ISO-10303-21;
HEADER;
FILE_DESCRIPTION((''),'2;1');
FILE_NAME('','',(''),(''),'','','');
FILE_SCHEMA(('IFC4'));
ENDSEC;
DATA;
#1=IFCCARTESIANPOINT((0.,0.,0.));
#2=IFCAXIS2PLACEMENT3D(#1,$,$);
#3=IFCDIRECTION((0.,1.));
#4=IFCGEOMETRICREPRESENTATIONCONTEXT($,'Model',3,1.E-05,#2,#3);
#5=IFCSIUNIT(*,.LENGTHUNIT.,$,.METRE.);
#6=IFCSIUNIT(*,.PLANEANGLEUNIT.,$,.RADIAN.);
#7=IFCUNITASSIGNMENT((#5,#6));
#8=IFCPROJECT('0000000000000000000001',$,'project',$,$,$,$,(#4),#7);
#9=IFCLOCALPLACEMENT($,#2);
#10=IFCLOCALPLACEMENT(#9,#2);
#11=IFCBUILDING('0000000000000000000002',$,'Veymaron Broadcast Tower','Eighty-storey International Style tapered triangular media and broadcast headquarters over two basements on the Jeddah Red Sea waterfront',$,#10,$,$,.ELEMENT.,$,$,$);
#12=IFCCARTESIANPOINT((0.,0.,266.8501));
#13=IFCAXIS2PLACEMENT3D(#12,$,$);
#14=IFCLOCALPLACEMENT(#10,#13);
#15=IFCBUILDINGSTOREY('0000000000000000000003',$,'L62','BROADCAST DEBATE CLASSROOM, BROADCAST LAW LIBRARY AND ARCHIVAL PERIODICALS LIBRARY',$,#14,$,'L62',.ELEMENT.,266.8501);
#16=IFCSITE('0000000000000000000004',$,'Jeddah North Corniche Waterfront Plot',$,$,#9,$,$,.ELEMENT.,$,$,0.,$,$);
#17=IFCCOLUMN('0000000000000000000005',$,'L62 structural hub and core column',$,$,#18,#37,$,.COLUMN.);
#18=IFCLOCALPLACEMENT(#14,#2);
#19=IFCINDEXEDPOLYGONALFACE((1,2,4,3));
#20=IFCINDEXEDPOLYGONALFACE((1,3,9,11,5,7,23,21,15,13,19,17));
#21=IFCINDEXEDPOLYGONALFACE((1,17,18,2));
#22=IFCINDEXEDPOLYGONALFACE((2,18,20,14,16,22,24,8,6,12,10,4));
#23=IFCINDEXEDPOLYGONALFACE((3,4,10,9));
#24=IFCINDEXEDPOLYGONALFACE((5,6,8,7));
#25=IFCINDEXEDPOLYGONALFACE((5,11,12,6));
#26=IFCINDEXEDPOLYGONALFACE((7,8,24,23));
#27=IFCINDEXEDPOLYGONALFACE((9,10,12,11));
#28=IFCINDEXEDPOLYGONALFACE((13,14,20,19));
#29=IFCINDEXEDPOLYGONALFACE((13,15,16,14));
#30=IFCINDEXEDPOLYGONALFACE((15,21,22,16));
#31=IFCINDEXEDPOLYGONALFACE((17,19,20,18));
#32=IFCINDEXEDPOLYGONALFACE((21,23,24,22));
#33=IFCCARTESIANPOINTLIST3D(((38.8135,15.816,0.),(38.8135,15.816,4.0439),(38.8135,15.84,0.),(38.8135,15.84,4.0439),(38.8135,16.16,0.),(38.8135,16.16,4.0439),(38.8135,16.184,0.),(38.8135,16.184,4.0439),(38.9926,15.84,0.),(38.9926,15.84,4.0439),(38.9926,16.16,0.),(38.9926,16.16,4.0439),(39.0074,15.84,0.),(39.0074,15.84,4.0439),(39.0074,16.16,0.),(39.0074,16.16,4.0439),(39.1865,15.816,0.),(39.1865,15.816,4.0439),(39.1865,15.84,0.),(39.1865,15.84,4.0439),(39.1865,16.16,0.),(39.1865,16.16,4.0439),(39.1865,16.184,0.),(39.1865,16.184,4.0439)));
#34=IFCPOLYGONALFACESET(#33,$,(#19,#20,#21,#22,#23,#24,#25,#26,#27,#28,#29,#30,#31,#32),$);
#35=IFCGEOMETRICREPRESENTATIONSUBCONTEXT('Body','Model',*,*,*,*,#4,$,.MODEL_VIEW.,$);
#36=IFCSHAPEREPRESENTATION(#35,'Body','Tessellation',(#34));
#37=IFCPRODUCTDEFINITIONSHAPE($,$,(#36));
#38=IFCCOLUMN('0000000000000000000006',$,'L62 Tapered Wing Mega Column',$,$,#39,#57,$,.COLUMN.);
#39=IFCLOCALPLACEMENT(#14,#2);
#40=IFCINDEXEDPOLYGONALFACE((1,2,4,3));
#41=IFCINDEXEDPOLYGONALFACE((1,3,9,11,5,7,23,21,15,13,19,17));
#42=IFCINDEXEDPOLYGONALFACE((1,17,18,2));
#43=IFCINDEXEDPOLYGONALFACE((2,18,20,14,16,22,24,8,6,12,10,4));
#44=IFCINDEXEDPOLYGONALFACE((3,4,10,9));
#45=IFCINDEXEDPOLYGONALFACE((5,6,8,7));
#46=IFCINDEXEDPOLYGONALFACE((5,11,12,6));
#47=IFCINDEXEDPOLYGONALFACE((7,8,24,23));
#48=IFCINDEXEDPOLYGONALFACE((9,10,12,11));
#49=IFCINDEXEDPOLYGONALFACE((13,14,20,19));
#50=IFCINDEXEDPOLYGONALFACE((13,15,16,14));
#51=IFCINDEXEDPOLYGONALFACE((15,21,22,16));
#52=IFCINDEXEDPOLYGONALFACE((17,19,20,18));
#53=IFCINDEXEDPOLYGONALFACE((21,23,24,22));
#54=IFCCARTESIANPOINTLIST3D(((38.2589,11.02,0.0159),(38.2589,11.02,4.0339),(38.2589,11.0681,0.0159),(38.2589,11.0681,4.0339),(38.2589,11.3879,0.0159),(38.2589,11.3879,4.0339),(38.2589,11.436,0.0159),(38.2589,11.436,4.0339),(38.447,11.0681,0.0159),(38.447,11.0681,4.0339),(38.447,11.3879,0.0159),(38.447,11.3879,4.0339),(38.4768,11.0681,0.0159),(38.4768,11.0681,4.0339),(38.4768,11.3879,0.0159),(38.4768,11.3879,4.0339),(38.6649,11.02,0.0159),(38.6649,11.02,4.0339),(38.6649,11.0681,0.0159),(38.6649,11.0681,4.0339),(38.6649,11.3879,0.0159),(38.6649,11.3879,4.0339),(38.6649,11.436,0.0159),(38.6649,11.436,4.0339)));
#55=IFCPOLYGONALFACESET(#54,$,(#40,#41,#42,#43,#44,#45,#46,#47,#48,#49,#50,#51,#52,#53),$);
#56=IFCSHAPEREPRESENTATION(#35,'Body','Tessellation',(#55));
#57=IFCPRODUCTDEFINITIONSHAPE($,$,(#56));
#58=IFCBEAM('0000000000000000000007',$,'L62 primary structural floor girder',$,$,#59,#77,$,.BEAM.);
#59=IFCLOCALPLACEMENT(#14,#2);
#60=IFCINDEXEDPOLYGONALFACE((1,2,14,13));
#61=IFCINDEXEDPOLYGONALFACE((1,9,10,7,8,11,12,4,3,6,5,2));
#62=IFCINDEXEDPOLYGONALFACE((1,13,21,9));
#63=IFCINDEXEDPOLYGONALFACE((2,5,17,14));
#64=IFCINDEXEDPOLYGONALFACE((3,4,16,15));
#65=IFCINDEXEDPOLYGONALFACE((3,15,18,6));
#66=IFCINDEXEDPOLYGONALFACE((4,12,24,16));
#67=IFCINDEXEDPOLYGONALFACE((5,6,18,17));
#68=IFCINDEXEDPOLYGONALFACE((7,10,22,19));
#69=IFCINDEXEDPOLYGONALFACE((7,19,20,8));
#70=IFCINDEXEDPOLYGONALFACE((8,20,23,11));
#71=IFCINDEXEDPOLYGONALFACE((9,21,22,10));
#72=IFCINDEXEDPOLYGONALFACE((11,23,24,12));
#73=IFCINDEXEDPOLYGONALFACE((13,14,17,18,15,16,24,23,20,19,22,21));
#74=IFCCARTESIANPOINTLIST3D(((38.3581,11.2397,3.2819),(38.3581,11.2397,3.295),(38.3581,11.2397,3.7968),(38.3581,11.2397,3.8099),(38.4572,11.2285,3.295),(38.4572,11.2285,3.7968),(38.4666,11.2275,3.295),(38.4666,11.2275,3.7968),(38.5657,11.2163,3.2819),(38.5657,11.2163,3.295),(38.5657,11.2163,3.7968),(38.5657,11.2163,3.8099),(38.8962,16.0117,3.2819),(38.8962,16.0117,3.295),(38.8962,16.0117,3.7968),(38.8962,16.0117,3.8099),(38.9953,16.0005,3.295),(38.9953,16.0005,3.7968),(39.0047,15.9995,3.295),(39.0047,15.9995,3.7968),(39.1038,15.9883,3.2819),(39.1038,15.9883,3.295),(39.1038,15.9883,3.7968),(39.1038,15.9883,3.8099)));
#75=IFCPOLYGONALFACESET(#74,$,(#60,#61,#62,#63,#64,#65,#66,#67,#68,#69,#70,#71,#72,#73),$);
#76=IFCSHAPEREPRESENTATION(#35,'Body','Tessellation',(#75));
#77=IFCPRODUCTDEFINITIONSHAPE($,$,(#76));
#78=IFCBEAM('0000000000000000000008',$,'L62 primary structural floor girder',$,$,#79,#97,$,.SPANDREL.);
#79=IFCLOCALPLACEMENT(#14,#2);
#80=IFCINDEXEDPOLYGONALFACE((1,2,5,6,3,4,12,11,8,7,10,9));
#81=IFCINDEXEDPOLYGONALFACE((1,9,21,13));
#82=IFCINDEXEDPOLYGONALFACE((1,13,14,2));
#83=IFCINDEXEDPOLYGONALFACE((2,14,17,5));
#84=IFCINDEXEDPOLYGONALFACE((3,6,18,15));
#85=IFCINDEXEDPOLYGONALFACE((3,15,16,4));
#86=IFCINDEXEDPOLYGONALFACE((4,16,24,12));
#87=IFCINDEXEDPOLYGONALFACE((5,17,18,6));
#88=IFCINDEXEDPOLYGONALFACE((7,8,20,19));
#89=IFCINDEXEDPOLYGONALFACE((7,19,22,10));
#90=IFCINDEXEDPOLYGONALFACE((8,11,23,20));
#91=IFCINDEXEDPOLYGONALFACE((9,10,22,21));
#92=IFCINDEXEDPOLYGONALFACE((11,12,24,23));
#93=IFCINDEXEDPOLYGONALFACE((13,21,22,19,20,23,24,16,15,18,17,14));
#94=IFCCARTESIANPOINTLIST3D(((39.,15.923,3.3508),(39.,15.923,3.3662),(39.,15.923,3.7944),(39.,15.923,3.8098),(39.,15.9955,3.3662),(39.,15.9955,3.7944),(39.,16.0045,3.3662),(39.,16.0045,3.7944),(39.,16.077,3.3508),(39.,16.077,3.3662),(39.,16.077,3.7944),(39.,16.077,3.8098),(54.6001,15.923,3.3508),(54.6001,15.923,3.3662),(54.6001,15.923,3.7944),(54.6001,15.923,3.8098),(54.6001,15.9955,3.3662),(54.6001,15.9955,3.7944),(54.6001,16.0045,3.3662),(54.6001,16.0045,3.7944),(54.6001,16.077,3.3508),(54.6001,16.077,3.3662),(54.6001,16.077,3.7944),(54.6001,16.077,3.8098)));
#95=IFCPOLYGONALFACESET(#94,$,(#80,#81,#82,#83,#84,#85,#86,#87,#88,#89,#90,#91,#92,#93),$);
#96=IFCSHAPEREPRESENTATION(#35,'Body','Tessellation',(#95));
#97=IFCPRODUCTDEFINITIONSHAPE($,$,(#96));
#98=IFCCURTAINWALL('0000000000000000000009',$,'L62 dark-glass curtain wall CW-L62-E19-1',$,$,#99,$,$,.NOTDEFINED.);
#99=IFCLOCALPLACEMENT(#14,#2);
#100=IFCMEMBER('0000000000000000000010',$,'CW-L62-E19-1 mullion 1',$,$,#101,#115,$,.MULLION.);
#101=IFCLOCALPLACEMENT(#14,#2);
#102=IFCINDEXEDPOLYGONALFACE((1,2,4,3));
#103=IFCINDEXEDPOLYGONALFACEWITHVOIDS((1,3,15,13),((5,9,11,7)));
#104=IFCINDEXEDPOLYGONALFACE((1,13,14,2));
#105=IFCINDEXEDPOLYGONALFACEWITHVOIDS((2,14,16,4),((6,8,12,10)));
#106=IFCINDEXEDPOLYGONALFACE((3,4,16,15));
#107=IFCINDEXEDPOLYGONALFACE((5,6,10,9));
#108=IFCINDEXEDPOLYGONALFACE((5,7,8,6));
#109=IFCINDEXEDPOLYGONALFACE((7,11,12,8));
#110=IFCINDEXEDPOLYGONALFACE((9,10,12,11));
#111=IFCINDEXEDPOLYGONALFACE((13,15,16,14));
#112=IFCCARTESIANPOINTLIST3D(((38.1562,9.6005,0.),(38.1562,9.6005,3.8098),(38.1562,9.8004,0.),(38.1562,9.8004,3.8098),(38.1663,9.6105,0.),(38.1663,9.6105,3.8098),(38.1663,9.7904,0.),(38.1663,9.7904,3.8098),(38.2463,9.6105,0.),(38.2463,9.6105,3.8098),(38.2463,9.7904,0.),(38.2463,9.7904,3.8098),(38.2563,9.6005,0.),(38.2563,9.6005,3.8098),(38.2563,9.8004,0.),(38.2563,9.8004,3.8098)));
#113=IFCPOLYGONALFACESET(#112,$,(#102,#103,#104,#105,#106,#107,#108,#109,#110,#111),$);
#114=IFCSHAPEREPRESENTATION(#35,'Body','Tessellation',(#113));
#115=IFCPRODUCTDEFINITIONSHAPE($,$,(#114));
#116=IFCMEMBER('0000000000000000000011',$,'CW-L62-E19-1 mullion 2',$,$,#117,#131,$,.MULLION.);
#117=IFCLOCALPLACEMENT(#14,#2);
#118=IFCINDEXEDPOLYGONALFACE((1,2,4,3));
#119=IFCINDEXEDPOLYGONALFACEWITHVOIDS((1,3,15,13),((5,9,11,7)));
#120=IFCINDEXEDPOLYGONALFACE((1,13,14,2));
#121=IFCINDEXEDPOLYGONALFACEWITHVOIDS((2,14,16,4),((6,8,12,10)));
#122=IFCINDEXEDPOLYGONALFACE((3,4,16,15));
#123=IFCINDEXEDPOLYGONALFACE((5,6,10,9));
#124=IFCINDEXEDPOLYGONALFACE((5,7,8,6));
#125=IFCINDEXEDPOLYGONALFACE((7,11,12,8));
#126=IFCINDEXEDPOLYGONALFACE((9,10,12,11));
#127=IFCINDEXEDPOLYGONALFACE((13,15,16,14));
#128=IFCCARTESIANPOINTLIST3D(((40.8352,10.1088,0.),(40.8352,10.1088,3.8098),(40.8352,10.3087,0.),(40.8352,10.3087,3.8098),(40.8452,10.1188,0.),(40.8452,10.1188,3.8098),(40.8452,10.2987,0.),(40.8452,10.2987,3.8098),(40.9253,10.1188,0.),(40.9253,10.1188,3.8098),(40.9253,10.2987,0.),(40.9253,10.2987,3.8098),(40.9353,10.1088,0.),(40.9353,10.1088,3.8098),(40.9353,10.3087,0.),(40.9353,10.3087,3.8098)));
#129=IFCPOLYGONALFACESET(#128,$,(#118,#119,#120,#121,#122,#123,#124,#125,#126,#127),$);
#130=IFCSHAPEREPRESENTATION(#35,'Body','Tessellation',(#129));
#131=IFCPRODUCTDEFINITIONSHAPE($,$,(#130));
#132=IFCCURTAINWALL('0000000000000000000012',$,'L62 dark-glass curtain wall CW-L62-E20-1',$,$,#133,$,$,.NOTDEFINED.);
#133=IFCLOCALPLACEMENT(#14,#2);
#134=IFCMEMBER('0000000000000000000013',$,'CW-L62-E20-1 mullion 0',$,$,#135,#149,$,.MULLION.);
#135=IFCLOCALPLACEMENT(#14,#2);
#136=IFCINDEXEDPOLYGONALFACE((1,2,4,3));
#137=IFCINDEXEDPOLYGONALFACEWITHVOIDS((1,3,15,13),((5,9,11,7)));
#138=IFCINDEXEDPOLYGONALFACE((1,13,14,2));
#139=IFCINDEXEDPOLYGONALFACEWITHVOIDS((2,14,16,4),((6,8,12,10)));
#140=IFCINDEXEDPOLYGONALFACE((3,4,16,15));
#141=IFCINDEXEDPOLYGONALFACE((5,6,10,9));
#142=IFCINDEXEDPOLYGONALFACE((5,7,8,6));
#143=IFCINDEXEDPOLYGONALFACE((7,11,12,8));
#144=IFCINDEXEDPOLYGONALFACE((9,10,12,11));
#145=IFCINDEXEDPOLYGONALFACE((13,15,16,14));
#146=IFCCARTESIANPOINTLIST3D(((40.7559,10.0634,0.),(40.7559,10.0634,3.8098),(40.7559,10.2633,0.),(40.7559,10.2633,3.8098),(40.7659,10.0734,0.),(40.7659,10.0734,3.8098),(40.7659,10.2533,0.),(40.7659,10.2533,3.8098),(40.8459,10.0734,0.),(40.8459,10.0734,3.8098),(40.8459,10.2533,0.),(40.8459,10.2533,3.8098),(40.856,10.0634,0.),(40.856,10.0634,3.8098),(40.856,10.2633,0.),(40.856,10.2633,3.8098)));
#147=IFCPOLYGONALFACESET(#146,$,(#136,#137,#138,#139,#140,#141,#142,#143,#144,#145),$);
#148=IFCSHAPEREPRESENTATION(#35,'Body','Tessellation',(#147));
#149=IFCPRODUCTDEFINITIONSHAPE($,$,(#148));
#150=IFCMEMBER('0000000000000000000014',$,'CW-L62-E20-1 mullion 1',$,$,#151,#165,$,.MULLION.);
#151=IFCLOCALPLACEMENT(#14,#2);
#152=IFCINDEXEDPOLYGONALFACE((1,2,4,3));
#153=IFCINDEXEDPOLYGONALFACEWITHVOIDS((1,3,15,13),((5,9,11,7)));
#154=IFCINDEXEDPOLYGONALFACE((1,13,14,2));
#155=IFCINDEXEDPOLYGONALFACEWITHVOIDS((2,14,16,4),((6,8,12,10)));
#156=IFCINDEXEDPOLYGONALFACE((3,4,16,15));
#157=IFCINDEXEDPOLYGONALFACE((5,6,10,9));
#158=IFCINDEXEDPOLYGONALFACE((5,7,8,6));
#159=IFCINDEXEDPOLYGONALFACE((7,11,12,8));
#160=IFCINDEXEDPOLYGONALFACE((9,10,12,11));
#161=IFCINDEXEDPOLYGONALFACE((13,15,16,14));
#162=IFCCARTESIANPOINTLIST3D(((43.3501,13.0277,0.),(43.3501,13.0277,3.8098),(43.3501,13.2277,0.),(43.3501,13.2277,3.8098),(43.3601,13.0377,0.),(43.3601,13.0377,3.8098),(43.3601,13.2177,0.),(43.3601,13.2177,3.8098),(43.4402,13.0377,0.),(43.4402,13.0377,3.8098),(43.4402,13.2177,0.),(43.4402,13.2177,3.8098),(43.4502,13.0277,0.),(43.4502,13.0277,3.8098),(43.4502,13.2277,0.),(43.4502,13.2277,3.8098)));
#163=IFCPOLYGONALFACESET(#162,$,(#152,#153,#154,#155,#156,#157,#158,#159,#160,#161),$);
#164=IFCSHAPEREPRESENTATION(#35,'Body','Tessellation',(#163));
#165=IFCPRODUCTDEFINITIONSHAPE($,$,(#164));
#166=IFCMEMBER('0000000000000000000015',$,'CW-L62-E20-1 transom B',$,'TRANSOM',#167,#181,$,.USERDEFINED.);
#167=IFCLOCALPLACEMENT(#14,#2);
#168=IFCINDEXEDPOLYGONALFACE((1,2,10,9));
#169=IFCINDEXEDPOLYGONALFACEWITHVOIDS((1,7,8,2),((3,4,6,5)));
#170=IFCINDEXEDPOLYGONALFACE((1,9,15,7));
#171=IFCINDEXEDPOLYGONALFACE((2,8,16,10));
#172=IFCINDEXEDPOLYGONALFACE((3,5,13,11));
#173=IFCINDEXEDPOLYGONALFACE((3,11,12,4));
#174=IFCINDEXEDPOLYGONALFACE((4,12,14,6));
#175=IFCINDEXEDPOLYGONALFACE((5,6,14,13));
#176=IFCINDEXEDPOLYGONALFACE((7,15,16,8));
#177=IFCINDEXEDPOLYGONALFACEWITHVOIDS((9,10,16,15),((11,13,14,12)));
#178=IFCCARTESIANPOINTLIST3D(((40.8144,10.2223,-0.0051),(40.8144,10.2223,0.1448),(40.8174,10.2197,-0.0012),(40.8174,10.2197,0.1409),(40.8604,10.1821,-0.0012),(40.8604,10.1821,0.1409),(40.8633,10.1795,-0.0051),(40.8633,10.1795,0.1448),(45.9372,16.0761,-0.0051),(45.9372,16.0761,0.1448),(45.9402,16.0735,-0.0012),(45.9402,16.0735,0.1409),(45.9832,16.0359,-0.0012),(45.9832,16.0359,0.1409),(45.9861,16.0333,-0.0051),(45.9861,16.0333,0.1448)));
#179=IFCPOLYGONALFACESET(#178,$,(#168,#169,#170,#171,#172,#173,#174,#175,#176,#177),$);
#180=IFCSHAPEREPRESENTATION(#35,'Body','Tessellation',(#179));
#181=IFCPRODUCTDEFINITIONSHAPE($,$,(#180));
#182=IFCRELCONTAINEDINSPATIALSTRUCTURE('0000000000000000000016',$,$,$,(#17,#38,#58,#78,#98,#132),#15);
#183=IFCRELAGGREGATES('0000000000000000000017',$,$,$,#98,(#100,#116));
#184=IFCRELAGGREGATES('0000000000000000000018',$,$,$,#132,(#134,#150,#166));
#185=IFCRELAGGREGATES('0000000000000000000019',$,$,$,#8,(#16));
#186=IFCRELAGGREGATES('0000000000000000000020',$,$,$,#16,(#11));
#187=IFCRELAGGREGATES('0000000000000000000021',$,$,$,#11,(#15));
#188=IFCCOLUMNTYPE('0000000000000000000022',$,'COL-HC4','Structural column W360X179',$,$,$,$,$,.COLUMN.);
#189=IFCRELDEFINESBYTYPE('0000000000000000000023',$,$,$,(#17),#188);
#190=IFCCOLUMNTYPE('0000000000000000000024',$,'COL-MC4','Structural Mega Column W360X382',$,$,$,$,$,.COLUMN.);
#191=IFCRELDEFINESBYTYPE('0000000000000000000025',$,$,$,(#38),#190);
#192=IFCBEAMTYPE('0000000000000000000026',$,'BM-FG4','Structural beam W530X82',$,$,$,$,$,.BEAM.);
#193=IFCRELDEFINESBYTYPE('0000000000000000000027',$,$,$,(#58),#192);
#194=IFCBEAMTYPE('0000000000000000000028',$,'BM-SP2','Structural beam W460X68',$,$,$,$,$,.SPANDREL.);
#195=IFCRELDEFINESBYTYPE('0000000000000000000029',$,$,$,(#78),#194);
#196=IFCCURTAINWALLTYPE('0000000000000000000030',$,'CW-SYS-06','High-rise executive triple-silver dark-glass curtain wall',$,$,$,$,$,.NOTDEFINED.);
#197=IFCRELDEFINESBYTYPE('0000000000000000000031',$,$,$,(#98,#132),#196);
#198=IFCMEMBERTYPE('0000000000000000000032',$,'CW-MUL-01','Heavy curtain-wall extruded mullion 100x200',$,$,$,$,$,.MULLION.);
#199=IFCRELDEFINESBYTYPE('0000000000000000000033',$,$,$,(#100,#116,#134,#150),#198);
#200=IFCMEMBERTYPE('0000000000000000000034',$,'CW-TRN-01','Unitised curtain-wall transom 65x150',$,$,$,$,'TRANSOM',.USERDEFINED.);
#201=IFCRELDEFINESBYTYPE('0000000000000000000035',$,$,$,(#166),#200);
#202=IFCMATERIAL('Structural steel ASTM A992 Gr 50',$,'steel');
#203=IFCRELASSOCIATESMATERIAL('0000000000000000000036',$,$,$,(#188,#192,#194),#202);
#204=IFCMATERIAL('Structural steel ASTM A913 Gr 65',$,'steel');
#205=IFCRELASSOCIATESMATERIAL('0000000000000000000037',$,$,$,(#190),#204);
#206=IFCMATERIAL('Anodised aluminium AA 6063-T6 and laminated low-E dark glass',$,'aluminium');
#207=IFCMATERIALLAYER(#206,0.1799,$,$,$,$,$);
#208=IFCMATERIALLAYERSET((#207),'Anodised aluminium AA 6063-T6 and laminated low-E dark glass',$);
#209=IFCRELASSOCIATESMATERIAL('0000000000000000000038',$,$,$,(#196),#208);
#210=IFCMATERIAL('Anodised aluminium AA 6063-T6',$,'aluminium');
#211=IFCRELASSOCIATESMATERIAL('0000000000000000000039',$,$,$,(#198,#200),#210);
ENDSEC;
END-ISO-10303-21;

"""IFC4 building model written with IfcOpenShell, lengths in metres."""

from ifc_helpers import new_model, si_unit, direction, frame, origin, origin_2d, place, context, subcontext, project, spatial, hollow_rectangle, i_section, extrude, material, layer, layer_set, material_profile, profile_set, type_object, element, aggregate, save


model = new_model("IFC4")

# Units and contexts
model_context = context("Model", 3, precision=1e-05, world=origin(), true_north=direction((0.0, 1.0)))
body_context = subcontext(model_context, "Body", "Model", "MODEL_VIEW")
ifc_project = project(units=[si_unit("LENGTHUNIT", "METRE"), si_unit("PLANEANGLEUNIT", "RADIAN")], contexts=[model_context])

# Site, building, storey
site_placement = place(None, origin())
site = spatial("IfcSite", under=ifc_project, at=site_placement, Name="Jeddah North Corniche Waterfront Plot", CompositionType="ELEMENT", RefElevation=0.0)
building_placement = place(site_placement, origin())
building = spatial("IfcBuilding", under=site, at=building_placement, Name="Veymaron Broadcast Tower", Description="Eighty-storey International Style tapered triangular media and broadcast headquarters over two basements on the Jeddah Red Sea waterfront", CompositionType="ELEMENT")
storey_placement = place(building_placement, frame((0.0, 0.0, 266.8501)))
storey = spatial("IfcBuildingStorey", under=building, at=storey_placement, Name="L62", Description="BROADCAST DEBATE CLASSROOM, BROADCAST LAW LIBRARY AND ARCHIVAL PERIODICALS LIBRARY", LongName="L62", CompositionType="ELEMENT", Elevation=266.8501)

# Columns
ifc_material_1 = material(Name="Structural steel ASTM A992 Gr 50", Category="steel")
ifc_material_profile_1 = material_profile(ifc_material_1, i_section(OverallWidth=0.373, OverallDepth=0.3679, WebThickness=0.0149, FlangeThickness=0.0239, at=origin_2d()), Name="W360X179")
ifc_profile_set_1 = profile_set([ifc_material_profile_1], Name="Structural steel ASTM A992 Gr 50")
column_type_1 = type_object("IfcColumnType", Name="COL-HC4", Description="Structural column W360X179", PredefinedType="COLUMN", material=ifc_profile_set_1)
column_1_placement = place(storey_placement, frame((39.0, 16.0, 0.0), z_axis=(0.0, 0.0, 1.0), x_axis=(1.0, 0.0, 0.0)))
element("IfcColumn", 1, at=column_1_placement, inside=storey, type_object=column_type_1, Name="L62 structural hub and core column", PredefinedType="COLUMN", context=body_context, shape_type="SweptSolid", body=[
    extrude(i_section(OverallWidth=0.373, OverallDepth=0.3679, WebThickness=0.0149, FlangeThickness=0.0239, at=origin_2d()), origin(), (0.0, 0.0, 1.0), 4.0439),
])
ifc_material_2 = material(Name="Structural steel ASTM A913 Gr 65", Category="steel")
ifc_material_profile_2 = material_profile(ifc_material_2, i_section(OverallWidth=0.406, OverallDepth=0.416, WebThickness=0.0298, FlangeThickness=0.0481, at=origin_2d()), Name="W360X382")
ifc_profile_set_2 = profile_set([ifc_material_profile_2], Name="Structural steel ASTM A913 Gr 65")
column_type_2 = type_object("IfcColumnType", Name="COL-MC4", Description="Structural Mega Column W360X382", PredefinedType="COLUMN", material=ifc_profile_set_2)
column_2_placement = place(storey_placement, frame((38.4619, 11.228, 0.0159), z_axis=(0.0, 0.0, 1.0), x_axis=(1.0, 0.0, 0.0)))
element("IfcColumn", 2, at=column_2_placement, inside=storey, type_object=column_type_2, Name="L62 Tapered Wing Mega Column", PredefinedType="COLUMN", context=body_context, shape_type="SweptSolid", body=[
    extrude(i_section(OverallWidth=0.406, OverallDepth=0.416, WebThickness=0.0298, FlangeThickness=0.0481, at=origin_2d()), origin(), (0.0, 0.0, 1.0), 4.0181),
])

# Beams
ifc_material_profile_3 = material_profile(ifc_material_1, i_section(OverallWidth=0.209, OverallDepth=0.5281, WebThickness=0.0095, FlangeThickness=0.0132, at=origin_2d()), Name="W530X82")
ifc_profile_set_3 = profile_set([ifc_material_profile_3], Name="Structural steel ASTM A992 Gr 50")
beam_type_1 = type_object("IfcBeamType", Name="BM-FG4", Description="Structural beam W530X82", PredefinedType="BEAM", material=ifc_profile_set_3)
beam_1_placement = place(storey_placement, frame((39.0, 16.0, 3.5459), z_axis=(-0.11205, -0.993703, 0.0), x_axis=(0.993703, -0.11205, 0.0)))
element("IfcBeam", 3, at=beam_1_placement, inside=storey, type_object=beam_type_1, Name="L62 primary structural floor girder", PredefinedType="BEAM", context=body_context, shape_type="SweptSolid", body=[
    extrude(i_section(OverallWidth=0.209, OverallDepth=0.5281, WebThickness=0.0095, FlangeThickness=0.0132, at=origin_2d()), origin(), (0.0, 0.0, 1.0), 4.8022),
])
ifc_material_profile_4 = material_profile(ifc_material_1, i_section(OverallWidth=0.1541, OverallDepth=0.459, WebThickness=0.009, FlangeThickness=0.0154, at=origin_2d()), Name="W460X68")
ifc_profile_set_4 = profile_set([ifc_material_profile_4], Name="Structural steel ASTM A992 Gr 50")
beam_type_2 = type_object("IfcBeamType", Name="BM-SP2", Description="Structural beam W460X68", PredefinedType="SPANDREL", material=ifc_profile_set_4)
beam_2_placement = place(storey_placement, frame((39.0, 16.0, 3.5803), z_axis=(1.0, 0.0, 0.0), x_axis=(0.0, 1.0, 0.0)))
element("IfcBeam", 4, at=beam_2_placement, inside=storey, type_object=beam_type_2, Name="L62 primary structural floor girder", PredefinedType="SPANDREL", context=body_context, shape_type="SweptSolid", body=[
    extrude(i_section(OverallWidth=0.1541, OverallDepth=0.459, WebThickness=0.009, FlangeThickness=0.0154, at=origin_2d()), origin(), (0.0, 0.0, 1.0), 15.6001),
])

# Curtain walls, members
ifc_material_3 = material(Name="Anodised aluminium AA 6063-T6 and laminated low-E dark glass", Category="aluminium")
ifc_layer_1 = layer(ifc_material_3, 0.1799)
ifc_layer_set_1 = layer_set([ifc_layer_1], Name="Anodised aluminium AA 6063-T6 and laminated low-E dark glass")
curtain_wall_type = type_object("IfcCurtainWallType", Name="CW-SYS-06", Description="High-rise executive triple-silver dark-glass curtain wall", PredefinedType="NOTDEFINED", material=ifc_layer_set_1)
curtain_wall_1_placement = place(storey_placement, origin())
curtain_wall_1 = element("IfcCurtainWall", 5, at=curtain_wall_1_placement, inside=storey, type_object=curtain_wall_type, Name="L62 dark-glass curtain wall CW-L62-E19-1", PredefinedType="NOTDEFINED")
ifc_material_4 = material(Name="Anodised aluminium AA 6063-T6", Category="aluminium")
ifc_material_profile_5 = material_profile(ifc_material_4, hollow_rectangle(XDim=0.1001, YDim=0.2, WallThickness=0.01, at=origin_2d()), Name="RHS200X100X10")
ifc_profile_set_5 = profile_set([ifc_material_profile_5], Name="Anodised aluminium AA 6063-T6")
member_type_1 = type_object("IfcMemberType", Name="CW-MUL-01", Description="Heavy curtain-wall extruded mullion 100x200", PredefinedType="MULLION", material=ifc_profile_set_5)
member_1_placement = place(storey_placement, frame((38.2063, 9.7004, 0.0), z_axis=(0.0, 0.0, 1.0), x_axis=(1.0, 0.0, 0.0)))
member_1 = element("IfcMember", 6, at=member_1_placement, type_object=member_type_1, Name="CW-L62-E19-1 mullion 1", PredefinedType="MULLION", context=body_context, shape_type="SweptSolid", body=[
    extrude(hollow_rectangle(XDim=0.1001, YDim=0.2, WallThickness=0.01, at=origin_2d()), origin(), (0.0, 0.0, 1.0), 3.8098),
])
member_2_placement = place(storey_placement, frame((40.8853, 10.2087, 0.0), z_axis=(0.0, 0.0, 1.0), x_axis=(1.0, 0.0, 0.0)))
member_2 = element("IfcMember", 7, at=member_2_placement, type_object=member_type_1, Name="CW-L62-E19-1 mullion 2", PredefinedType="MULLION", context=body_context, shape_type="SweptSolid", body=[
    extrude(hollow_rectangle(XDim=0.1001, YDim=0.2, WallThickness=0.01, at=origin_2d()), origin(), (0.0, 0.0, 1.0), 3.8098),
])
curtain_wall_2_placement = place(storey_placement, origin())
curtain_wall_2 = element("IfcCurtainWall", 8, at=curtain_wall_2_placement, inside=storey, type_object=curtain_wall_type, Name="L62 dark-glass curtain wall CW-L62-E20-1", PredefinedType="NOTDEFINED")
member_3_placement = place(storey_placement, frame((40.8059, 10.1633, 0.0), z_axis=(0.0, 0.0, 1.0), x_axis=(1.0, 0.0, 0.0)))
member_3 = element("IfcMember", 9, at=member_3_placement, type_object=member_type_1, Name="CW-L62-E20-1 mullion 0", PredefinedType="MULLION", context=body_context, shape_type="SweptSolid", body=[
    extrude(hollow_rectangle(XDim=0.1001, YDim=0.2, WallThickness=0.01, at=origin_2d()), origin(), (0.0, 0.0, 1.0), 3.8098),
])
member_4_placement = place(storey_placement, frame((43.4001, 13.1277, 0.0), z_axis=(0.0, 0.0, 1.0), x_axis=(1.0, 0.0, 0.0)))
member_4 = element("IfcMember", 10, at=member_4_placement, type_object=member_type_1, Name="CW-L62-E20-1 mullion 1", PredefinedType="MULLION", context=body_context, shape_type="SweptSolid", body=[
    extrude(hollow_rectangle(XDim=0.1001, YDim=0.2, WallThickness=0.01, at=origin_2d()), origin(), (0.0, 0.0, 1.0), 3.8098),
])
ifc_material_profile_6 = material_profile(ifc_material_4, hollow_rectangle(XDim=0.0649, YDim=0.1499, WallThickness=0.0039, at=origin_2d()), Name="AL150X65X4")
ifc_profile_set_6 = profile_set([ifc_material_profile_6], Name="Anodised aluminium AA 6063-T6")
member_type_2 = type_object("IfcMemberType", Name="CW-TRN-01", Description="Unitised curtain-wall transom 65x150", ElementType="TRANSOM", PredefinedType="USERDEFINED", material=ifc_profile_set_6)
member_5_placement = place(storey_placement, frame((40.8389, 10.2009, 0.0698), z_axis=(0.65856, 0.752528, 0.0), x_axis=(-0.752528, 0.65856, 0.0)))
member_5 = element("IfcMember", 11, at=member_5_placement, type_object=member_type_2, Name="CW-L62-E20-1 transom B", ObjectType="TRANSOM", PredefinedType="USERDEFINED", context=body_context, shape_type="SweptSolid", body=[
    extrude(hollow_rectangle(XDim=0.0649, YDim=0.1499, WallThickness=0.0039, at=origin_2d()), origin(), (0.0, 0.0, 1.0), 7.7788),
])

aggregate(curtain_wall_1, [member_1, member_2])
aggregate(curtain_wall_2, [member_3, member_4, member_5])

save(model, "model.ifc")
